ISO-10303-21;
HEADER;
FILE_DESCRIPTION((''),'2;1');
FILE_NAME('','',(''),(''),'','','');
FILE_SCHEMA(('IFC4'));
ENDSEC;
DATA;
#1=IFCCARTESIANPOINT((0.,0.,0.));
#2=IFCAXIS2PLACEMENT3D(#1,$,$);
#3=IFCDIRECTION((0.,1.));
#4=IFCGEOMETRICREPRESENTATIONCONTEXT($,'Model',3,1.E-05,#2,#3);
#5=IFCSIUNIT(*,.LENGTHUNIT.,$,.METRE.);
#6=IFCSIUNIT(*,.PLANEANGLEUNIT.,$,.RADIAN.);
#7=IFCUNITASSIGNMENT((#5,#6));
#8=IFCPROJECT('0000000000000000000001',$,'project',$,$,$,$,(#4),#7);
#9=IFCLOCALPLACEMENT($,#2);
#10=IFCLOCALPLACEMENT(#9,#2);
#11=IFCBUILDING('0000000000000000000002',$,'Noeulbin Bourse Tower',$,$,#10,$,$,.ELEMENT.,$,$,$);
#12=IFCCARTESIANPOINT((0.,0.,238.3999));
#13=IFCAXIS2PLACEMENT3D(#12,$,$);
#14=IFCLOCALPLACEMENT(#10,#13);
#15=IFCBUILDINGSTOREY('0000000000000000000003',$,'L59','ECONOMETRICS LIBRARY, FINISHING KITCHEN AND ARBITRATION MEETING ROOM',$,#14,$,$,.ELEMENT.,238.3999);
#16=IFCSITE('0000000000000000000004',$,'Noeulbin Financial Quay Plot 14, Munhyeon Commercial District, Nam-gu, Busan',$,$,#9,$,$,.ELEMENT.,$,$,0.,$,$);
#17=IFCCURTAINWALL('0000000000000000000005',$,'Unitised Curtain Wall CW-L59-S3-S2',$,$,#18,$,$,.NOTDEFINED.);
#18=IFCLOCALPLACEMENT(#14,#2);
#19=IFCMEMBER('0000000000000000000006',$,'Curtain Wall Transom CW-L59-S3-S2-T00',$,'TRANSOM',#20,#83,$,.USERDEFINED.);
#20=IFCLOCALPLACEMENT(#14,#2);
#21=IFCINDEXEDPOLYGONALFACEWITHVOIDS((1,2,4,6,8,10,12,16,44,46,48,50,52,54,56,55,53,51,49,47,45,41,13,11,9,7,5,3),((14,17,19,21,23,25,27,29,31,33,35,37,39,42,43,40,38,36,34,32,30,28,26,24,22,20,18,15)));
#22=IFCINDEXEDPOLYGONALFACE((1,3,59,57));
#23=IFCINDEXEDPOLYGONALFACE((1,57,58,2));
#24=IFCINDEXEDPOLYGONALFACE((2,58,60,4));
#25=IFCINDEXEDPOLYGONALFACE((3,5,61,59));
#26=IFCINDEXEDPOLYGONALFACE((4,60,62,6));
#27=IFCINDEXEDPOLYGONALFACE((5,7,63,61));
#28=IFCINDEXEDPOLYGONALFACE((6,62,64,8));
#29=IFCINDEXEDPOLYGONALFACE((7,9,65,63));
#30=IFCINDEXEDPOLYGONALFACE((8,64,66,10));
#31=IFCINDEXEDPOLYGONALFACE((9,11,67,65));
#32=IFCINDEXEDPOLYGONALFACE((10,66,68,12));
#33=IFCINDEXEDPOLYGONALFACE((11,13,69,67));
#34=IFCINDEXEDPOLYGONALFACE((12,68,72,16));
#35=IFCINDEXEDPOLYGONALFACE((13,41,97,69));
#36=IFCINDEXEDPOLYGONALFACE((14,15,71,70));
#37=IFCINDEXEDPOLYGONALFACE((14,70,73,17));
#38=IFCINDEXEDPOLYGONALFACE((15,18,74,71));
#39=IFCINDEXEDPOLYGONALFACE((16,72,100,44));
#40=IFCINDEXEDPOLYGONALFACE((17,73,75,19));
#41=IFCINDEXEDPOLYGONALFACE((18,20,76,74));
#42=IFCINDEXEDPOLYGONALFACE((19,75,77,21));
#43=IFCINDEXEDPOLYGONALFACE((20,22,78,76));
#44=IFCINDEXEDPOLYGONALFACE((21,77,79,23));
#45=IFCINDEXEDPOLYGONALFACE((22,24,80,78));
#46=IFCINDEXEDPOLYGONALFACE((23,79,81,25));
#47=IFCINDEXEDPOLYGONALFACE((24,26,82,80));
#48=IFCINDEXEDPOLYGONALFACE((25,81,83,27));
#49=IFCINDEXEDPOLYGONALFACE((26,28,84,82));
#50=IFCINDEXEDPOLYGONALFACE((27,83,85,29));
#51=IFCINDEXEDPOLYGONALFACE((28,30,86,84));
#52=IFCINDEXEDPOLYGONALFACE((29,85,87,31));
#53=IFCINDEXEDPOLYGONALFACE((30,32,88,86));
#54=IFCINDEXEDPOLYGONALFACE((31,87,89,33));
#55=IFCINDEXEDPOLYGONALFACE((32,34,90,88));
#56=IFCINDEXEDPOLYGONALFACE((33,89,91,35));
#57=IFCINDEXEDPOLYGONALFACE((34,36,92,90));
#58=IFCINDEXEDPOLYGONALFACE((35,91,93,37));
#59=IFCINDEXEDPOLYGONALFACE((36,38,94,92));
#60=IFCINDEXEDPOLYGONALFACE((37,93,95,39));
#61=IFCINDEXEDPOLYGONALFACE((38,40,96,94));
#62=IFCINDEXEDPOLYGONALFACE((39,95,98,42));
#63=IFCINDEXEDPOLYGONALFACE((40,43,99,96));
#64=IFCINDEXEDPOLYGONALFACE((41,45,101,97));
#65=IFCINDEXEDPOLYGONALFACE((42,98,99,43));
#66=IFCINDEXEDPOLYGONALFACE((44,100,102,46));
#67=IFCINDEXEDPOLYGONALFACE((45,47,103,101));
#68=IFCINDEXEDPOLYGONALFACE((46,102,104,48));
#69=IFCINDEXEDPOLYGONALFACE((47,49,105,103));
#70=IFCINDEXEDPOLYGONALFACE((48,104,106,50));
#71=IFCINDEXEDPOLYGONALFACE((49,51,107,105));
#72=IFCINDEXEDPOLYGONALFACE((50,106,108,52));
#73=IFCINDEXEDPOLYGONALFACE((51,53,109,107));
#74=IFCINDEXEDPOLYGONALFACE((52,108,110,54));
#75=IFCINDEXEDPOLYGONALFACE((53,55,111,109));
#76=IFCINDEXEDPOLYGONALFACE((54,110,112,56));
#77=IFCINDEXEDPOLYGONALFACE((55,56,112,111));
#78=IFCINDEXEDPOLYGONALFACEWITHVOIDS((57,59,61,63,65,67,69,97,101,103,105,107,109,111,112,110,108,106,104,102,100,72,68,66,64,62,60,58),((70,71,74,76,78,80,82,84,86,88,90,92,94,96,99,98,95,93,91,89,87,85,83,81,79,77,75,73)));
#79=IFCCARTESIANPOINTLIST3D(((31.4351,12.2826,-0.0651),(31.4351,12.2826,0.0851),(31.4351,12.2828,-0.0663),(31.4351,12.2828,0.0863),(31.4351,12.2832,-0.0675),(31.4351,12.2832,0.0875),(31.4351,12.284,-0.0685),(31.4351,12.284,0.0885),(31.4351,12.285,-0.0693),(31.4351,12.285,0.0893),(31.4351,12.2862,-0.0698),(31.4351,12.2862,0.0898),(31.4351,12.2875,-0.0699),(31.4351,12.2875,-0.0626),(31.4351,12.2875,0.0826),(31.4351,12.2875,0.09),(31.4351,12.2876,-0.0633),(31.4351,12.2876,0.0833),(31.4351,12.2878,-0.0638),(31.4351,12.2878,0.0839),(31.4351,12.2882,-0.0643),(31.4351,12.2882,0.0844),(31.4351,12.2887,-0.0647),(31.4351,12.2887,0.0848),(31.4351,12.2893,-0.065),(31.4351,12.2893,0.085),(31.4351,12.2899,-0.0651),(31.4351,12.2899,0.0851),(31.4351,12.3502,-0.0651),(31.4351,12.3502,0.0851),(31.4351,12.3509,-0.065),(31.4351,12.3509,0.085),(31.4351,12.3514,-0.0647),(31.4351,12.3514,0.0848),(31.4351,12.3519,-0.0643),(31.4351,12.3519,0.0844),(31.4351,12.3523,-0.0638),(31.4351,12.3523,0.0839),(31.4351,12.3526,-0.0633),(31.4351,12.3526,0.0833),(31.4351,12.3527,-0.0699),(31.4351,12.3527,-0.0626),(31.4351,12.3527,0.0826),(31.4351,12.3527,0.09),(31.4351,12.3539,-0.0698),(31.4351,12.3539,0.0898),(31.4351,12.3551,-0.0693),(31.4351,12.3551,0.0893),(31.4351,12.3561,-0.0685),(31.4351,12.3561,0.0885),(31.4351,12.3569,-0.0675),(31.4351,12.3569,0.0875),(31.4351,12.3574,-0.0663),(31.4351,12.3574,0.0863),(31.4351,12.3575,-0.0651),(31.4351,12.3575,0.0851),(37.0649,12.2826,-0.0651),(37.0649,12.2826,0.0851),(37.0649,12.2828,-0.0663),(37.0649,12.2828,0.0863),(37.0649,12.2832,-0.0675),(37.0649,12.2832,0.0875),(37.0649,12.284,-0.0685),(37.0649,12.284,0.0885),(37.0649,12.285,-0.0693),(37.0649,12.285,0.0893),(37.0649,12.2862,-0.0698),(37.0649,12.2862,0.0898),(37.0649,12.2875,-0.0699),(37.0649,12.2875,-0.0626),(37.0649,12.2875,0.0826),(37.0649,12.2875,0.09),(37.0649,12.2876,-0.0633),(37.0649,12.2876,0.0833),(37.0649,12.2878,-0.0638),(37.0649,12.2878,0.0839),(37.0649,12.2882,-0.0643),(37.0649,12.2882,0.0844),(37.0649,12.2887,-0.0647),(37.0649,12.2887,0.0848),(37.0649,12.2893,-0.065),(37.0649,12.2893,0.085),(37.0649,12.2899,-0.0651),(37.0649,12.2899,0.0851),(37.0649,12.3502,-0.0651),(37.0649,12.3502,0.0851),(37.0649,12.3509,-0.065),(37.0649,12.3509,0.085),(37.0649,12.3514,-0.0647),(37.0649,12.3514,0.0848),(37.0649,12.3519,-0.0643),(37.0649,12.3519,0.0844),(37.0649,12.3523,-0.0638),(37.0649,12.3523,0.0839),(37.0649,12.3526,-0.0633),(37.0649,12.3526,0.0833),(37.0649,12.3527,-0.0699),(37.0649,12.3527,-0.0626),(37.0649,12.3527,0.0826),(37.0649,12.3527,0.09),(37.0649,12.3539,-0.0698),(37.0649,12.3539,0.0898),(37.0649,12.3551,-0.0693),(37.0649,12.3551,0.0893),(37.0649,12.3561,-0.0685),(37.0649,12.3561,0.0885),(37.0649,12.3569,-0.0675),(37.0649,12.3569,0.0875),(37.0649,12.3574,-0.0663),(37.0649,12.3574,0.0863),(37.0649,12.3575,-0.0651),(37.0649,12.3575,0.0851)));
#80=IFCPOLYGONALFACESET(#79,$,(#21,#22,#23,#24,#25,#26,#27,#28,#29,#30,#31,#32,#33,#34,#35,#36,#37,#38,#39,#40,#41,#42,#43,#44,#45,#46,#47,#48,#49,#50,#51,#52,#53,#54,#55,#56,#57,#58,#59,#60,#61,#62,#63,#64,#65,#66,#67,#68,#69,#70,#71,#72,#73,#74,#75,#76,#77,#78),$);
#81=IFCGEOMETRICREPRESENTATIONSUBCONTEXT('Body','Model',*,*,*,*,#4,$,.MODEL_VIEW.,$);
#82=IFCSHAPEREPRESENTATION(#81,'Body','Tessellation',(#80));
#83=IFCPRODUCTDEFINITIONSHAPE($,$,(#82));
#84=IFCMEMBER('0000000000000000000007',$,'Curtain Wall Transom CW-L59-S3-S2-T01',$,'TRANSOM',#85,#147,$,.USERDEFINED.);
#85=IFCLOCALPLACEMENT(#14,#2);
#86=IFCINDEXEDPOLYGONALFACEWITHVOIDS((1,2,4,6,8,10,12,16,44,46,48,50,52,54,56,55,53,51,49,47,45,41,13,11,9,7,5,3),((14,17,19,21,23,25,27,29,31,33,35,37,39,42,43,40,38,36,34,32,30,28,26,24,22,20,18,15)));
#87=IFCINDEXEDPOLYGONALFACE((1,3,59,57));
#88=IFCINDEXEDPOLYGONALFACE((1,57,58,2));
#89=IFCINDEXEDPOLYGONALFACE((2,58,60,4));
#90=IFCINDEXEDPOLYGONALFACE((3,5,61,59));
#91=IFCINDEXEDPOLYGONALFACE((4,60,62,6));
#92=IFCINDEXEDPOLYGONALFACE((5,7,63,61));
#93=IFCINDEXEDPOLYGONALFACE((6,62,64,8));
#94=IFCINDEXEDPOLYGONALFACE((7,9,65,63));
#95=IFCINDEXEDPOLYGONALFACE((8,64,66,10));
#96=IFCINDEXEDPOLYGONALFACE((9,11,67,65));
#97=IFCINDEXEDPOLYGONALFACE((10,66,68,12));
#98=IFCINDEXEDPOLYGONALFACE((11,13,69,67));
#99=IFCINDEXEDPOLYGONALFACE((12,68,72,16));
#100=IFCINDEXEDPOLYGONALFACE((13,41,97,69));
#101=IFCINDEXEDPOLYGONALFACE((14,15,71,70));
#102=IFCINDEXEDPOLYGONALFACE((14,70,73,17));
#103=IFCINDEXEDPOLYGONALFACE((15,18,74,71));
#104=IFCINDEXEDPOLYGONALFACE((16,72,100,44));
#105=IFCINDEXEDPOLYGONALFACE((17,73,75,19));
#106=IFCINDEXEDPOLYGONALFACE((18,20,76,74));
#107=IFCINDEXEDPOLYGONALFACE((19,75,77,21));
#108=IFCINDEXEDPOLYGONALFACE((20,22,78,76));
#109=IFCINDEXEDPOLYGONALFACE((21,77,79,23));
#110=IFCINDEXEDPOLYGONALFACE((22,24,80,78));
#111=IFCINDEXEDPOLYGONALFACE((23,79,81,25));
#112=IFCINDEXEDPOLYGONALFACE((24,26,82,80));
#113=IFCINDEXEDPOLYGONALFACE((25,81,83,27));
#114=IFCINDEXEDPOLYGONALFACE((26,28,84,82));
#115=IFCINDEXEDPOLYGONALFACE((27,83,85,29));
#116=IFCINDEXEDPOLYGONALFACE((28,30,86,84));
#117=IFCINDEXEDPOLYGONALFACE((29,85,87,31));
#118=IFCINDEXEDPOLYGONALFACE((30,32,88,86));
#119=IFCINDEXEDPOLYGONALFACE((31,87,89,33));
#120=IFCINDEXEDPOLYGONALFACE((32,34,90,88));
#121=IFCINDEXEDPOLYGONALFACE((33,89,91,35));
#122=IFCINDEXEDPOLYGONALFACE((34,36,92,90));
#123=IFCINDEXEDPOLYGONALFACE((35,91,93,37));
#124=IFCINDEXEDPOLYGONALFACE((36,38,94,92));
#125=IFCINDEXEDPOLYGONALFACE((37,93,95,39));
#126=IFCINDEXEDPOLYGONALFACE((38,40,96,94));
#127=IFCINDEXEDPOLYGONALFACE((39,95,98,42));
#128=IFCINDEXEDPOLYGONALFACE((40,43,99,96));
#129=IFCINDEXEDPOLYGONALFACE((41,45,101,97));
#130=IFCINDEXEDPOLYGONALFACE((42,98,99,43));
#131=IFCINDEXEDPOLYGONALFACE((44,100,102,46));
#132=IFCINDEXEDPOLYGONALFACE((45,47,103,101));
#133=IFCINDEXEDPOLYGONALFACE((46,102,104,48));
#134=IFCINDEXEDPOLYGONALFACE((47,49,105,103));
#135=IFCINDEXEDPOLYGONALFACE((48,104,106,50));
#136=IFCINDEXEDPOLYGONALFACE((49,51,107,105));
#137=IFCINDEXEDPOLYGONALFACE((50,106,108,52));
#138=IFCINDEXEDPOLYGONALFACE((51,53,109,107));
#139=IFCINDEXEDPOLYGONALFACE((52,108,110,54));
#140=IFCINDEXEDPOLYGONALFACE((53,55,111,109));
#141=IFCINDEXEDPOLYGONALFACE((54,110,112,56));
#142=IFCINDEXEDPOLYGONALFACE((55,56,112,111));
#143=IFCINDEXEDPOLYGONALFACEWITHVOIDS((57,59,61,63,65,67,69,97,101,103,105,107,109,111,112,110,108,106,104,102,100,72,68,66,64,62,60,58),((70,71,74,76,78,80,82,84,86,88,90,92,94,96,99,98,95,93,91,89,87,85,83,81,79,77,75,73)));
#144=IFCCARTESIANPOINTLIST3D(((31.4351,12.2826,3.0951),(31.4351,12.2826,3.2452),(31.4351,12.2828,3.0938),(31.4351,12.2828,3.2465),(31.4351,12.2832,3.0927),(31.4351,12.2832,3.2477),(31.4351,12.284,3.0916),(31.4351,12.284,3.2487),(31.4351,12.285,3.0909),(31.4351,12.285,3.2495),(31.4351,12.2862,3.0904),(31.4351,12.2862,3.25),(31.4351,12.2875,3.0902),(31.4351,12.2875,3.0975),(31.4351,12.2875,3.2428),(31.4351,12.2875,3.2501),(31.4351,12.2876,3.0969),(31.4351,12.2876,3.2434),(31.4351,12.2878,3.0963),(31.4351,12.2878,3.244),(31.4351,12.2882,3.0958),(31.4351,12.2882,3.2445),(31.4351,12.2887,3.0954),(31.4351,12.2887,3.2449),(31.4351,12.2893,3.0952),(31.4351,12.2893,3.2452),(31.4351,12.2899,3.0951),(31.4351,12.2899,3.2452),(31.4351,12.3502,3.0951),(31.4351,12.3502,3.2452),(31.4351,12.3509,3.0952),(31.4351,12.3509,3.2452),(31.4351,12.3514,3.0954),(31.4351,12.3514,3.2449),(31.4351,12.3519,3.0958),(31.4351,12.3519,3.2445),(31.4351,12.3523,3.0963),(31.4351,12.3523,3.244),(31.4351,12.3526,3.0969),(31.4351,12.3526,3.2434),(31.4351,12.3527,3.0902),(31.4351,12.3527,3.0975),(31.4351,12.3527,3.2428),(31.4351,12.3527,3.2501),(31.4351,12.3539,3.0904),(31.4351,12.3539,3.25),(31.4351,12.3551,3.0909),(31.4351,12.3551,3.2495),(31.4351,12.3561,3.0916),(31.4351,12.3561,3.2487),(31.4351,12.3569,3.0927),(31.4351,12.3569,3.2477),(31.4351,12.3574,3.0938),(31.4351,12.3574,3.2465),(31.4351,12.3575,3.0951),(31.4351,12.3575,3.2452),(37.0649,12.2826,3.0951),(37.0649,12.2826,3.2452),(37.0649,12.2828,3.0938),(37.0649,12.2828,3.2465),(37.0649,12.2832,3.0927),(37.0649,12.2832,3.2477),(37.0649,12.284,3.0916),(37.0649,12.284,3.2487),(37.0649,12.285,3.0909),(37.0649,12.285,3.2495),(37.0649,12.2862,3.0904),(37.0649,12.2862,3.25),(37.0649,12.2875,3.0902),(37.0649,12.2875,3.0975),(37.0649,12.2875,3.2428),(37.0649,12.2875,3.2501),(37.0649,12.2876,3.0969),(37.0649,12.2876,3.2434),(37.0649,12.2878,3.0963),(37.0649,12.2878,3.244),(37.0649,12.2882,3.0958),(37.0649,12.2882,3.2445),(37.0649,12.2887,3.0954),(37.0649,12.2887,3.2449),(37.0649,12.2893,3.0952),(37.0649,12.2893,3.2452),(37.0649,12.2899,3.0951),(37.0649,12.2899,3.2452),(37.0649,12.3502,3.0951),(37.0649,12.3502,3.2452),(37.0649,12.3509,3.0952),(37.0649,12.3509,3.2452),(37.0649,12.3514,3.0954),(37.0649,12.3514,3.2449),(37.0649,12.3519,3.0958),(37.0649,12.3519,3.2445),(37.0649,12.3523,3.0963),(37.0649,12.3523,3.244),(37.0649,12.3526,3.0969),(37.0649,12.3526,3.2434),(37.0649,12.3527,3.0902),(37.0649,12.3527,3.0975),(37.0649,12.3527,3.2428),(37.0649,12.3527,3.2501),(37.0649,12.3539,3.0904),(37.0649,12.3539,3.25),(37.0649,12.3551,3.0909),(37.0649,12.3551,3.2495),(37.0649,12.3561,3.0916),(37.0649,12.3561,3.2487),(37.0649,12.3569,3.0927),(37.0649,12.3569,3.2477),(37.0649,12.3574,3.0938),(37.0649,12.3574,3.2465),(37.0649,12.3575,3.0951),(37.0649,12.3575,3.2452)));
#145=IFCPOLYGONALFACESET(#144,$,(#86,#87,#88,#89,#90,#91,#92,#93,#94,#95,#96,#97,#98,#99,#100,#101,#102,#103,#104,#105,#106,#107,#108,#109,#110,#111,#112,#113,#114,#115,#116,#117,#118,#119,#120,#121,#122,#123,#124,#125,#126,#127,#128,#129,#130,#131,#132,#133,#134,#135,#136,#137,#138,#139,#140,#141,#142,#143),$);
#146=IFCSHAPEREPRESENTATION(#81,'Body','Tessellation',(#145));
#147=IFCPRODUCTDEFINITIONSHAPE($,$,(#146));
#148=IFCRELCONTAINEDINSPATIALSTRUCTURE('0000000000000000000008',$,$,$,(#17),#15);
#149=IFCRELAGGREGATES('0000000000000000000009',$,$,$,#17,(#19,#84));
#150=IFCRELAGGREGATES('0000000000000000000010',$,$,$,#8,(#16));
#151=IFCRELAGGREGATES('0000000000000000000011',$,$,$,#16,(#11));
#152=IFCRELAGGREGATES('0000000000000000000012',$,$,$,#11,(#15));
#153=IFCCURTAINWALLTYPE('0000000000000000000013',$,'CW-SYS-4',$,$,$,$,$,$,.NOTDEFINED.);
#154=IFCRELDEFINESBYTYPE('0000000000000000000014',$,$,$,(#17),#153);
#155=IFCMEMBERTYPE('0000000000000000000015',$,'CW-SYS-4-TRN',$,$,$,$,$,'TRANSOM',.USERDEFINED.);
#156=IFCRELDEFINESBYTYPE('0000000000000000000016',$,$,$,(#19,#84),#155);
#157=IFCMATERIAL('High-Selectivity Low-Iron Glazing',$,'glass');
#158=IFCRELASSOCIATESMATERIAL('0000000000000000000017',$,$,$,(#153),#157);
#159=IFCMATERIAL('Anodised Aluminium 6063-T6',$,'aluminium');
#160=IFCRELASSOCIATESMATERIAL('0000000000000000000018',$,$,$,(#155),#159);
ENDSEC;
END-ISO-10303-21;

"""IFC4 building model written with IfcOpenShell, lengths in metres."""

from ifc_helpers import new_model, si_unit, direction, frame, origin, origin_2d, place, context, subcontext, project, spatial, hollow_rectangle, extrude, material, material_profile, profile_set, type_object, element, aggregate, save


model = new_model("IFC4")

# Units and contexts
model_context = context("Model", 3, precision=1e-05, world=origin(), true_north=direction((0.0, 1.0)))
body_context = subcontext(model_context, "Body", "Model", "MODEL_VIEW")
ifc_project = project(units=[si_unit("LENGTHUNIT", "METRE"), si_unit("PLANEANGLEUNIT", "RADIAN")], contexts=[model_context])

# Site, building, storey
site_placement = place(None, origin())
site = spatial("IfcSite", under=ifc_project, at=site_placement, Name="Noeulbin Financial Quay Plot 14, Munhyeon Commercial District, Nam-gu, Busan", CompositionType="ELEMENT", RefElevation=0.0)
building_placement = place(site_placement, origin())
building = spatial("IfcBuilding", under=site, at=building_placement, Name="Noeulbin Bourse Tower", CompositionType="ELEMENT")
storey_placement = place(building_placement, frame((0.0, 0.0, 238.3999)))
storey = spatial("IfcBuildingStorey", under=building, at=storey_placement, Name="L59", Description="ECONOMETRICS LIBRARY, FINISHING KITCHEN AND ARBITRATION MEETING ROOM", CompositionType="ELEMENT", Elevation=238.3999)

# Curtain wall
ifc_material_1 = material(Name="High-Selectivity Low-Iron Glazing", Category="glass")
curtain_wall_type = type_object("IfcCurtainWallType", Name="CW-SYS-4", PredefinedType="NOTDEFINED", material=ifc_material_1)
curtain_wall_1_placement = place(storey_placement, origin())
curtain_wall_1 = element("IfcCurtainWall", 1, at=curtain_wall_1_placement, inside=storey, type_object=curtain_wall_type, Name="Unitised Curtain Wall CW-L59-S3-S2", PredefinedType="NOTDEFINED")
ifc_material_2 = material(Name="Anodised Aluminium 6063-T6", Category="aluminium")

# Members
ifc_material_profile_1 = material_profile(ifc_material_2, hollow_rectangle(XDim=0.075, YDim=0.1599, WallThickness=0.0049, InnerFilletRadius=0.0024, OuterFilletRadius=0.0049, at=origin_2d()), Name="ALU-TRAN-75x160x5", Category="LoadBearing")
ifc_profile_set_1 = profile_set([ifc_material_profile_1], Name="Anodised Aluminium 6063-T6")
member_type_1 = type_object("IfcMemberType", Name="CW-SYS-4-TRN", ElementType="TRANSOM", PredefinedType="USERDEFINED", material=ifc_profile_set_1)
member_1_placement = place(storey_placement, frame((31.4351, 12.3201, 0.01), z_axis=(1.0, 0.0, 0.0), x_axis=(0.0, 1.0, 0.0)))
member_1 = element("IfcMember", 2, at=member_1_placement, type_object=member_type_1, Name="Curtain Wall Transom CW-L59-S3-S2-T00", ObjectType="TRANSOM", PredefinedType="USERDEFINED", context=body_context, shape_type="SweptSolid", body=[
    extrude(hollow_rectangle(XDim=0.075, YDim=0.1599, WallThickness=0.0049, InnerFilletRadius=0.0024, OuterFilletRadius=0.0049, at=origin_2d()), origin(), (0.0, 0.0, 1.0), 5.6299),
])
member_2_placement = place(storey_placement, frame((31.4351, 12.3201, 3.1702), z_axis=(1.0, 0.0, 0.0), x_axis=(0.0, 1.0, 0.0)))
member_2 = element("IfcMember", 3, at=member_2_placement, type_object=member_type_1, Name="Curtain Wall Transom CW-L59-S3-S2-T01", ObjectType="TRANSOM", PredefinedType="USERDEFINED", context=body_context, shape_type="SweptSolid", body=[
    extrude(hollow_rectangle(XDim=0.075, YDim=0.1599, WallThickness=0.0049, InnerFilletRadius=0.0024, OuterFilletRadius=0.0049, at=origin_2d()), origin(), (0.0, 0.0, 1.0), 5.6299),
])

aggregate(curtain_wall_1, [member_1, member_2])

save(model, "model.ifc")
